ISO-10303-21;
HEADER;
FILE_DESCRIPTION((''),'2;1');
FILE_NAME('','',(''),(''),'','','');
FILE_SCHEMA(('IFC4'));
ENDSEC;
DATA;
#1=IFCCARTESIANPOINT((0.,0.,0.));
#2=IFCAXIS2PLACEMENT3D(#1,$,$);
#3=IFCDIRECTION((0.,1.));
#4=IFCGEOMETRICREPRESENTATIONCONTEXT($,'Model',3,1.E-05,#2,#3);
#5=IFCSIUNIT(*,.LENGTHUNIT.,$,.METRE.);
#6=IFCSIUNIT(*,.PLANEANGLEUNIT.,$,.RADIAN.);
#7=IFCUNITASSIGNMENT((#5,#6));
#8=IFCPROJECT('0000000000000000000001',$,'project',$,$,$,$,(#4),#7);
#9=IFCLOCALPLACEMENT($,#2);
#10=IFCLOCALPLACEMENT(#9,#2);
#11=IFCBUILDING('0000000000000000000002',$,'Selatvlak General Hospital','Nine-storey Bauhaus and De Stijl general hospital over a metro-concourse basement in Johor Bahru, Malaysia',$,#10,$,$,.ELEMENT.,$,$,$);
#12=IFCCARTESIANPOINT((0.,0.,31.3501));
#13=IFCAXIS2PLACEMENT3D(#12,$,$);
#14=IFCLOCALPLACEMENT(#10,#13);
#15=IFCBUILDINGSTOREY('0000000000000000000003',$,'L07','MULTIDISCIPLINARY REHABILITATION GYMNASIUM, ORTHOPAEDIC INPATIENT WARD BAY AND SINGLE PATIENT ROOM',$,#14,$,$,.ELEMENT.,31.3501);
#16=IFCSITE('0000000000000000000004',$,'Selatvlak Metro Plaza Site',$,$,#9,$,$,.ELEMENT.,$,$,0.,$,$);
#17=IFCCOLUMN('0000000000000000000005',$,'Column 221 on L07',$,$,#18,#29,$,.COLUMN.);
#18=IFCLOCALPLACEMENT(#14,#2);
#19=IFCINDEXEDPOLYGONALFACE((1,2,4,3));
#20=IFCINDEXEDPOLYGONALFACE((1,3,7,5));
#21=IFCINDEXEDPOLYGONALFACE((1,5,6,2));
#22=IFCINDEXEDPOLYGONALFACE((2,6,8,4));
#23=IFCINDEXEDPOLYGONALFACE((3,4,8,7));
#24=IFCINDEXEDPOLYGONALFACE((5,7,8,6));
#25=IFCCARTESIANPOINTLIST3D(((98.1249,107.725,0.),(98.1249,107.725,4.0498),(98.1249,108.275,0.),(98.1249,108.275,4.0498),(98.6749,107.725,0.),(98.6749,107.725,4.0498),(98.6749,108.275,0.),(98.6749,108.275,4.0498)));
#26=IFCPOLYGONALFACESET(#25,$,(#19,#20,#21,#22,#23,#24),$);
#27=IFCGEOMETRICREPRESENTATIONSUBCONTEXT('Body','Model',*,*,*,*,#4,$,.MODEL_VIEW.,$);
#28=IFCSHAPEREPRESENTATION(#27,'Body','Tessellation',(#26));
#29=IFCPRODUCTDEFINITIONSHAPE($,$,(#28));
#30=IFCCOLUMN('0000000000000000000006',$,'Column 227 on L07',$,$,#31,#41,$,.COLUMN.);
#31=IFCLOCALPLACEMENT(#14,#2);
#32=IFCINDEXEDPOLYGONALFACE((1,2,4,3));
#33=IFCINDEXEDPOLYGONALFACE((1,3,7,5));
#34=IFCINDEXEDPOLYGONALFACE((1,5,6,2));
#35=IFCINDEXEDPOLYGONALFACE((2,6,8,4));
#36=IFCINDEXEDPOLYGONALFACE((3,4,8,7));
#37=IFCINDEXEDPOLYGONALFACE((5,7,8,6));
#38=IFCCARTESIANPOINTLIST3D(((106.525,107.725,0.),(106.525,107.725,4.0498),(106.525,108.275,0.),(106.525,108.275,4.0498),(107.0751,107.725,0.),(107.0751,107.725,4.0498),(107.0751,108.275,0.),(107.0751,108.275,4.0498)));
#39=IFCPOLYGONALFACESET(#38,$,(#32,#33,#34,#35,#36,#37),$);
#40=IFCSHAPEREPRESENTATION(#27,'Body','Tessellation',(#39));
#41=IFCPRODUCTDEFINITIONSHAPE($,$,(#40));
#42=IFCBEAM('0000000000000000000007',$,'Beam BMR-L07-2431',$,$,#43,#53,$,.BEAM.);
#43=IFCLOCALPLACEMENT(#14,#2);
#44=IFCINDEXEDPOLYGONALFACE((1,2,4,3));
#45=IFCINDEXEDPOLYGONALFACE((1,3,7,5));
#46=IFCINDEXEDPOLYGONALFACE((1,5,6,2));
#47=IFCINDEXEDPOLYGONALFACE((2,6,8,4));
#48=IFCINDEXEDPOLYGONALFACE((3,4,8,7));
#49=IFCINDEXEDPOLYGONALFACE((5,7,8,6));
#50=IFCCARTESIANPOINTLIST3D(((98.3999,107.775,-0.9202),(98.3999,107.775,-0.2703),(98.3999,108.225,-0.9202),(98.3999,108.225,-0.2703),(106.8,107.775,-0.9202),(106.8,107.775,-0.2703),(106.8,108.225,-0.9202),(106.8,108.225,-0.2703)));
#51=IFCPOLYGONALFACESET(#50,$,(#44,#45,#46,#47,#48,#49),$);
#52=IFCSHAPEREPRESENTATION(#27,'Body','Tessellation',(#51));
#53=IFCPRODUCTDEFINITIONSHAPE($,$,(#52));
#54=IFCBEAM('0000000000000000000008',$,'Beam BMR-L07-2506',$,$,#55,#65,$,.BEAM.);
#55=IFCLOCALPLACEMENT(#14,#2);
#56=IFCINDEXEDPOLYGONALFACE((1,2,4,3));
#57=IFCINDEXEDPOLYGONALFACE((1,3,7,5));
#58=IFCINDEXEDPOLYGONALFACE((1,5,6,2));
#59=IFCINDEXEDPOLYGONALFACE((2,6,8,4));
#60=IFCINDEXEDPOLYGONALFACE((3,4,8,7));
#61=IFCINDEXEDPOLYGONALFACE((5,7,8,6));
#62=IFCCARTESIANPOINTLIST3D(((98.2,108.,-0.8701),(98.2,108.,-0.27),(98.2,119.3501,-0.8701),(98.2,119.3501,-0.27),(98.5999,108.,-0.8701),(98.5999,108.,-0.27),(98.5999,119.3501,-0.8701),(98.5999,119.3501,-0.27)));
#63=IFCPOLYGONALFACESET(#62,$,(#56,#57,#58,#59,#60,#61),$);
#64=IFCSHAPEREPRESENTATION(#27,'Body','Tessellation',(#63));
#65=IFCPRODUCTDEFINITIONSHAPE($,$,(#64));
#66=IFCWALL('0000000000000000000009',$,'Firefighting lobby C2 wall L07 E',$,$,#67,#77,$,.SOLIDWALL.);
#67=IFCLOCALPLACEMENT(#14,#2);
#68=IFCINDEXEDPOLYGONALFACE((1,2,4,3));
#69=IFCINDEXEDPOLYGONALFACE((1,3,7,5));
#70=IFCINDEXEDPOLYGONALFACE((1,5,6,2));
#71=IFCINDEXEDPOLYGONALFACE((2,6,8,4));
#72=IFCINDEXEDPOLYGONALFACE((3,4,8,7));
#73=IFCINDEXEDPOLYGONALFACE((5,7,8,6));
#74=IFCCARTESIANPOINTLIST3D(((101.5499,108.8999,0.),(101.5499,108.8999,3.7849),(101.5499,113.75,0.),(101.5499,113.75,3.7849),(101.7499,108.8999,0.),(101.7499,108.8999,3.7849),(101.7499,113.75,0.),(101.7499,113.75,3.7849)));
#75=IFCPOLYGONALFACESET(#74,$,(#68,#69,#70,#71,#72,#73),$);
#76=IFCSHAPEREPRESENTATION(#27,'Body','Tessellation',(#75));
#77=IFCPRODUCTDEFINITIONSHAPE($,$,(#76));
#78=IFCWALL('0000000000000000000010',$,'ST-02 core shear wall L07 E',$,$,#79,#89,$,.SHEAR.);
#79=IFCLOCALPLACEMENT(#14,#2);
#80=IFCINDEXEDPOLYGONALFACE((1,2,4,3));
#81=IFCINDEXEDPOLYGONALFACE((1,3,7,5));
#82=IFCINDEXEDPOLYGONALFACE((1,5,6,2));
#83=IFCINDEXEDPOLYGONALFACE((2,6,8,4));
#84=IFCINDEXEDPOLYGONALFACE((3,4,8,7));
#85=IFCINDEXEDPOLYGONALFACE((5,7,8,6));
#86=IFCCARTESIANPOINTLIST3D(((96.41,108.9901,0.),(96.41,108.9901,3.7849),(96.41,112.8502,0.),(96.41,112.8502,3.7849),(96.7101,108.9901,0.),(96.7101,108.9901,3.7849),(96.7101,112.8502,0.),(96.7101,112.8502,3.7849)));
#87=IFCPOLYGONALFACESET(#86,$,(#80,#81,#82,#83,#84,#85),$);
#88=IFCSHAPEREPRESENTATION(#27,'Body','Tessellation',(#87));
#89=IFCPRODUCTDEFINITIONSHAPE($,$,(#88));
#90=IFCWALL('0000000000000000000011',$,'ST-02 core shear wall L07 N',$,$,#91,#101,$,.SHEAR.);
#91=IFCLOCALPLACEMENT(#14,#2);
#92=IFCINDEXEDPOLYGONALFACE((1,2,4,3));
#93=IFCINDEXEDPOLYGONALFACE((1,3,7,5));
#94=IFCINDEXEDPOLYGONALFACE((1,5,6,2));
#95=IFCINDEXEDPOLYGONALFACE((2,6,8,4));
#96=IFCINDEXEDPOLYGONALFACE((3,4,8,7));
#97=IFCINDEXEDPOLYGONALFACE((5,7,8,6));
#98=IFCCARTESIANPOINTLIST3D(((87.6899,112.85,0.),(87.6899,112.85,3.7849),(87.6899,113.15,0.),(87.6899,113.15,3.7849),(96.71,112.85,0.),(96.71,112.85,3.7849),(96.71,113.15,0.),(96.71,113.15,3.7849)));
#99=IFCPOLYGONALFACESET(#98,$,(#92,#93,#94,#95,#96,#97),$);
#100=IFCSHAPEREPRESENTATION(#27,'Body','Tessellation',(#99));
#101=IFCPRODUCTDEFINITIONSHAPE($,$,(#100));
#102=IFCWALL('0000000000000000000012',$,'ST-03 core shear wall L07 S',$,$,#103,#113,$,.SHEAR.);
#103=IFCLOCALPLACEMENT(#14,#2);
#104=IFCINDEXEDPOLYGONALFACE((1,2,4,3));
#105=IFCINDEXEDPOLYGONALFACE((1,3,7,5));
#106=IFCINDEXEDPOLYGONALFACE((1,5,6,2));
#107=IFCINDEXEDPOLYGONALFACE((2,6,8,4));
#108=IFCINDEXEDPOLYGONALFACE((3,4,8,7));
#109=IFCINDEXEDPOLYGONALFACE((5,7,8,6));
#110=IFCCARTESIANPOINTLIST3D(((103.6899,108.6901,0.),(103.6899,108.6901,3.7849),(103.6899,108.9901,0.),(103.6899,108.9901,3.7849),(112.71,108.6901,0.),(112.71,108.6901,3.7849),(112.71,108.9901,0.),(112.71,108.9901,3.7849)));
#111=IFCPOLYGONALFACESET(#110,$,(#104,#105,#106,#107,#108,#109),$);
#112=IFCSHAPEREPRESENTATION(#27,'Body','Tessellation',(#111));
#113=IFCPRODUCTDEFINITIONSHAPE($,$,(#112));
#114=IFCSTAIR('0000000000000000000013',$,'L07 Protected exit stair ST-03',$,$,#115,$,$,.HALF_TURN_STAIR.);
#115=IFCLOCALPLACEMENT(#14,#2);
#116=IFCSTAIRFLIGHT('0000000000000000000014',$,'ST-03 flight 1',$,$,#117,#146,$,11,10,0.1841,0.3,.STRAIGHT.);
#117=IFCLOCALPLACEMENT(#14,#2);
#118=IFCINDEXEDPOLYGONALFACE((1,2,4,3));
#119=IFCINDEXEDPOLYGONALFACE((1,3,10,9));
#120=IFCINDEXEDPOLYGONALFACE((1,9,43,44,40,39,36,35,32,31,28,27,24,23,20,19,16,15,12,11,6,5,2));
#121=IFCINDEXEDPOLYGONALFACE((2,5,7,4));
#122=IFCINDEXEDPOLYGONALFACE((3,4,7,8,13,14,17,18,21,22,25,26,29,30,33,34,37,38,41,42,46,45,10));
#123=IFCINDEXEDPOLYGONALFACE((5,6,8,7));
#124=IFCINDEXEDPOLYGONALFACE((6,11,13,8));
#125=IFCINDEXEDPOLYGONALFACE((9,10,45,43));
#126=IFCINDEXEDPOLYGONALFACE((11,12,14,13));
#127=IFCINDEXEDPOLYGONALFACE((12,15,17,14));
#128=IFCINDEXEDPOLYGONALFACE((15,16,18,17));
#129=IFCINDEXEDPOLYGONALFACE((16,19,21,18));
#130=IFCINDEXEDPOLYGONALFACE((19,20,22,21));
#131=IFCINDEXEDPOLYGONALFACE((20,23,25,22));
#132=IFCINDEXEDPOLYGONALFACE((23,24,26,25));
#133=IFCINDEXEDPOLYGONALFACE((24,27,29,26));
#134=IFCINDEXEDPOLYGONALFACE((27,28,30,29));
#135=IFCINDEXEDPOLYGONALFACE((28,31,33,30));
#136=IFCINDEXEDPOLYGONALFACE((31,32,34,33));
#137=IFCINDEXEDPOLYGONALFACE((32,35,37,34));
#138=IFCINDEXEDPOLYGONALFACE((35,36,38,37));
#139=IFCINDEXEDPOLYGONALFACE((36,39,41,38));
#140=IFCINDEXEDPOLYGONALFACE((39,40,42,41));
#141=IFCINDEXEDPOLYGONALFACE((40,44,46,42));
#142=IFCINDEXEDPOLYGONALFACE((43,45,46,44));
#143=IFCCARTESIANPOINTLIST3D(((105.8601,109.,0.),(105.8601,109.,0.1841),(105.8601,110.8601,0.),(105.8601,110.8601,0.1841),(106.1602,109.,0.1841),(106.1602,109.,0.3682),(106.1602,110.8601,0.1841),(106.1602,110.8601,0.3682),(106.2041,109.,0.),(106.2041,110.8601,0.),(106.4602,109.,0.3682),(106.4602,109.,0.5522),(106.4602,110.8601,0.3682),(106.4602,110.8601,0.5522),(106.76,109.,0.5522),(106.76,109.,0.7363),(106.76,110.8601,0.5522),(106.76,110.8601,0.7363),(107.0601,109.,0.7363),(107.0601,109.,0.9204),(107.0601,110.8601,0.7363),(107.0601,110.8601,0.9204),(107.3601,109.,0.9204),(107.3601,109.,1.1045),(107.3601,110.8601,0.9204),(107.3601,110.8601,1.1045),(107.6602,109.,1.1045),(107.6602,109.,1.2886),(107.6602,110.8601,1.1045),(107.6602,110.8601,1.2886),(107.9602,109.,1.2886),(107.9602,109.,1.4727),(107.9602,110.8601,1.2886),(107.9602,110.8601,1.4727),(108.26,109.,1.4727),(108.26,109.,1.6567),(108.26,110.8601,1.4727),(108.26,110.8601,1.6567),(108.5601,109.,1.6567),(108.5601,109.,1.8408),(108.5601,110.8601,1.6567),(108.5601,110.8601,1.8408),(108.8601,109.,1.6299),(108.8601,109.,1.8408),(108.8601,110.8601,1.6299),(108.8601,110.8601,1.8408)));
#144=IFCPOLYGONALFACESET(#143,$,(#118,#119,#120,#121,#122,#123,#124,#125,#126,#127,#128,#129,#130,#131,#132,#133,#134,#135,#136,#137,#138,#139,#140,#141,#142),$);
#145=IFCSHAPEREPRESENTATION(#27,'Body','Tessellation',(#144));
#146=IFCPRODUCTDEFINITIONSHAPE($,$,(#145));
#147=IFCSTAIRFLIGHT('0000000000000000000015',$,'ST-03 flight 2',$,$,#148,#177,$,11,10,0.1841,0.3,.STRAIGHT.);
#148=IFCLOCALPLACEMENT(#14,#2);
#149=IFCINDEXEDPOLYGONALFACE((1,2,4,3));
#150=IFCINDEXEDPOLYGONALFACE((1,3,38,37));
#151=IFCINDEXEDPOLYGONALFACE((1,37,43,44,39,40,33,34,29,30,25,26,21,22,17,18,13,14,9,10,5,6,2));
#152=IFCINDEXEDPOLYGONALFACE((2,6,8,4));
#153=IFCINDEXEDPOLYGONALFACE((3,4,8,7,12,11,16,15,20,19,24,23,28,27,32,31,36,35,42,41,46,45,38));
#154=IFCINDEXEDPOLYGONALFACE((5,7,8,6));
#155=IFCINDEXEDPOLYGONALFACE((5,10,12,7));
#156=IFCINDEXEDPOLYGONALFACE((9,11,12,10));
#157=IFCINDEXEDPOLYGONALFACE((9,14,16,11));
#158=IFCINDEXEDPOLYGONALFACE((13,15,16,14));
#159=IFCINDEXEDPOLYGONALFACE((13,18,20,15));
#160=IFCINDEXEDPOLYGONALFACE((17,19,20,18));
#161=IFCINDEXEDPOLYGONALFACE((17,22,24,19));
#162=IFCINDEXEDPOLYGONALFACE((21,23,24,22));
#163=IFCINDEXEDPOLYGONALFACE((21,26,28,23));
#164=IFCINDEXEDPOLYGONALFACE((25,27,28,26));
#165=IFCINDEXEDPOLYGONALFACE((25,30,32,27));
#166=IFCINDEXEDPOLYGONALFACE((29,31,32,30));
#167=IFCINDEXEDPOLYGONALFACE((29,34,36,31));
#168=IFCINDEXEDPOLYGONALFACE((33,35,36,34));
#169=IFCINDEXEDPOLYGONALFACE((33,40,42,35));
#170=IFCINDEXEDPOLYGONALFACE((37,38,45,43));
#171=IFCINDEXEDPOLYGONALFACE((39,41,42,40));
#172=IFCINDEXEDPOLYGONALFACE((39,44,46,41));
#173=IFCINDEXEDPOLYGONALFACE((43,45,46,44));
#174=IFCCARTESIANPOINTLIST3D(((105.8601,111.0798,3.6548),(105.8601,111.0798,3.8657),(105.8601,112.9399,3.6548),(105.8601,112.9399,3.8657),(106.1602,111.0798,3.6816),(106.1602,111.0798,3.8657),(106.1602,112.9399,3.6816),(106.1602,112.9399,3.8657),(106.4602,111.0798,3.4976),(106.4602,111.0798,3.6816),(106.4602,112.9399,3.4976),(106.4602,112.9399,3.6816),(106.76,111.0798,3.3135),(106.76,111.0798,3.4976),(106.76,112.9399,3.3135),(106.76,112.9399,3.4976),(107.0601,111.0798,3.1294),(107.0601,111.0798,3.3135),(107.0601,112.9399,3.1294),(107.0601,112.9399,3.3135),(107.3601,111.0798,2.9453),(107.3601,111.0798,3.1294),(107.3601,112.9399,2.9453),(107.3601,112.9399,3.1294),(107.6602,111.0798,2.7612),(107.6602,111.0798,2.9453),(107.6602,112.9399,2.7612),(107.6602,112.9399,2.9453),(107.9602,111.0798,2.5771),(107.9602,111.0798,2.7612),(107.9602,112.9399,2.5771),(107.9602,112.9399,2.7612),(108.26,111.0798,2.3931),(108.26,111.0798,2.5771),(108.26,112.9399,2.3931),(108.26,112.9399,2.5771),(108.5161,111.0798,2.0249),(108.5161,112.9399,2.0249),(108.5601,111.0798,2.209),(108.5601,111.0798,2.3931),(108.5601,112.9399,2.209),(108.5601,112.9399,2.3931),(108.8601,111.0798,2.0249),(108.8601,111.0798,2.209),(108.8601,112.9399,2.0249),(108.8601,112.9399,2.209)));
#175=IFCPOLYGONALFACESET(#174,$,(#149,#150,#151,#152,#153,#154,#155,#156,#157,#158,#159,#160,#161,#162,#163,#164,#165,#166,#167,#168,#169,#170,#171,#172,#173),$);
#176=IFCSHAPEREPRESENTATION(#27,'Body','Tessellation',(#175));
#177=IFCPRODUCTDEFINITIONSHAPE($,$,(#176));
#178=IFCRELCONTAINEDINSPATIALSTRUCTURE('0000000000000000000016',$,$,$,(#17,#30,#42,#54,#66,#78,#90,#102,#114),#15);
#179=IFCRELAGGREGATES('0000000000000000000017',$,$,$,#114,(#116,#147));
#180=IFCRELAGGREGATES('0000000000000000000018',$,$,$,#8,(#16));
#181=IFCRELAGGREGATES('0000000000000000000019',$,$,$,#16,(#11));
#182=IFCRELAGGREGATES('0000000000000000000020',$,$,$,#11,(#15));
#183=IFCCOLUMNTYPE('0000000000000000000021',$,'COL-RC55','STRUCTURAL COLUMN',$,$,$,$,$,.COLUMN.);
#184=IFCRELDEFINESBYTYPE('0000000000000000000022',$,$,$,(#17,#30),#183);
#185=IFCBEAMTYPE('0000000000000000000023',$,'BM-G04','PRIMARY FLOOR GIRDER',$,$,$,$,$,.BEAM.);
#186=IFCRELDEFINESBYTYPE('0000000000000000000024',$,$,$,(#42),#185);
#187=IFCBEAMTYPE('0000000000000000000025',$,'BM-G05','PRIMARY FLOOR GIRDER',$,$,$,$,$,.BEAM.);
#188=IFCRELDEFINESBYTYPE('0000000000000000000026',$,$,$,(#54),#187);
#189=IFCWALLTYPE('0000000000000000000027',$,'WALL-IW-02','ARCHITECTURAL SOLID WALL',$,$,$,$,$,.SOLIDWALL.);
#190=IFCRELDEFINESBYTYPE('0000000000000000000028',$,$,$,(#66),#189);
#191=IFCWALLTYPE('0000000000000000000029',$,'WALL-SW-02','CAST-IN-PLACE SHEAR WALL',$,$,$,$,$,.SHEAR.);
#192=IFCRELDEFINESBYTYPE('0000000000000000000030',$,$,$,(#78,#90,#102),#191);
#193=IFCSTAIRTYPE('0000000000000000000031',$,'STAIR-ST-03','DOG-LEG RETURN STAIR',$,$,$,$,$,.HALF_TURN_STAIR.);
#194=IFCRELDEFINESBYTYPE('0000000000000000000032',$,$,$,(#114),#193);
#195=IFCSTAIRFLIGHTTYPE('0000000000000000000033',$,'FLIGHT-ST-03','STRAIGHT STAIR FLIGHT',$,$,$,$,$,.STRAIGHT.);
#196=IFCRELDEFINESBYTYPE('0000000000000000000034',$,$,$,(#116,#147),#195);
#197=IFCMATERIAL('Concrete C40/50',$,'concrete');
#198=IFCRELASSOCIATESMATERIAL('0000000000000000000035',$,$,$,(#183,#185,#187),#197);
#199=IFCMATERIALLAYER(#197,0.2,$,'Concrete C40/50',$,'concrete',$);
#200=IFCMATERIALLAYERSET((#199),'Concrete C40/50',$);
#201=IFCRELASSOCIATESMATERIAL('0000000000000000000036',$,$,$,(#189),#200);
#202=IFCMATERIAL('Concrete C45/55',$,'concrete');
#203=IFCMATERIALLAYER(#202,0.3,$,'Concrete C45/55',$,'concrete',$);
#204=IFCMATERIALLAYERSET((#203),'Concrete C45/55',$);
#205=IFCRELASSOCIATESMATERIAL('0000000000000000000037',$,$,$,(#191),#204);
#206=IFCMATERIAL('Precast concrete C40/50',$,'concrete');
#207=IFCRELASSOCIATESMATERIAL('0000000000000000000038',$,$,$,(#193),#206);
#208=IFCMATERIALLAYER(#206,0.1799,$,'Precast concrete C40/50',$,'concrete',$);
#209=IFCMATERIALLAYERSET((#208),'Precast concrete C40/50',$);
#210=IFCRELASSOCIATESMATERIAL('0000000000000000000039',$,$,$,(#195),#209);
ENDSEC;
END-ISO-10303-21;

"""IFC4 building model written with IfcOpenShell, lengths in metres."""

from ifc_helpers import new_model, si_unit, direction, frame, frame_2d, origin, origin_2d, place, context, subcontext, project, spatial, polyline, rectangle, outline, extrude, material, layer, layer_set, material_profile, profile_set, type_object, element, aggregate, save


model = new_model("IFC4")

# Units and contexts
model_context = context("Model", 3, precision=1e-05, world=origin(), true_north=direction((0.0, 1.0)))
body_context = subcontext(model_context, "Body", "Model", "MODEL_VIEW")
ifc_project = project(units=[si_unit("LENGTHUNIT", "METRE"), si_unit("PLANEANGLEUNIT", "RADIAN")], contexts=[model_context])

# Site, building, storey
site_placement = place(None, origin())
site = spatial("IfcSite", under=ifc_project, at=site_placement, Name="Selatvlak Metro Plaza Site", CompositionType="ELEMENT", RefElevation=0.0)
building_placement = place(site_placement, origin())
building = spatial("IfcBuilding", under=site, at=building_placement, Name="Selatvlak General Hospital", Description="Nine-storey Bauhaus and De Stijl general hospital over a metro-concourse basement in Johor Bahru, Malaysia", CompositionType="ELEMENT")
storey_placement = place(building_placement, frame((0.0, 0.0, 31.3501)))
storey = spatial("IfcBuildingStorey", under=building, at=storey_placement, Name="L07", Description="MULTIDISCIPLINARY REHABILITATION GYMNASIUM, ORTHOPAEDIC INPATIENT WARD BAY AND SINGLE PATIENT ROOM", CompositionType="ELEMENT", Elevation=31.3501)

# Columns
ifc_material_1 = material(Name="Concrete C40/50", Category="concrete")
ifc_material_profile_1 = material_profile(ifc_material_1, rectangle(XDim=0.55, YDim=0.55, at=origin_2d()), Name="RC-COL 550x550")
ifc_profile_set_1 = profile_set([ifc_material_profile_1], Name="Concrete C40/50")
column_type = type_object("IfcColumnType", Name="COL-RC55", Description="STRUCTURAL COLUMN", PredefinedType="COLUMN", material=ifc_profile_set_1)
for number, where, z_axis, x_axis, name in (
    (1, (98.3999, 108.0, 0.0), (0.0, 0.0, 1.0), (1.0, 0.0, 0.0), "Column 221 on L07"),
    (2, (106.8, 108.0, 0.0), (0.0, 0.0, 1.0), (1.0, 0.0, 0.0), "Column 227 on L07"),
):
    element("IfcColumn", number, at=place(storey_placement, frame(where, z_axis=z_axis, x_axis=x_axis)), inside=storey, type_object=column_type, Name=name, PredefinedType="COLUMN", context=body_context, shape_type="SweptSolid", body=[
        extrude(rectangle(XDim=0.55, YDim=0.55, at=origin_2d()), origin(), (0.0, 0.0, 1.0), 4.0498),
    ])

# Beams
ifc_material_profile_2 = material_profile(ifc_material_1, rectangle(XDim=0.45, YDim=0.6499, at=origin_2d()), Name="RC-BM 450x650")
ifc_profile_set_2 = profile_set([ifc_material_profile_2], Name="Concrete C40/50")
beam_type_1 = type_object("IfcBeamType", Name="BM-G04", Description="PRIMARY FLOOR GIRDER", PredefinedType="BEAM", material=ifc_profile_set_2)
beam_1_placement = place(storey_placement, frame((98.3999, 108.0, -0.5952), z_axis=(1.0, 0.0, 0.0), x_axis=(0.0, 1.0, 0.0)))
element("IfcBeam", 3, at=beam_1_placement, inside=storey, type_object=beam_type_1, Name="Beam BMR-L07-2431", PredefinedType="BEAM", context=body_context, shape_type="SweptSolid", body=[
    extrude(rectangle(XDim=0.45, YDim=0.6499, at=origin_2d()), origin(), (0.0, 0.0, 1.0), 8.4001),
])
ifc_material_profile_3 = material_profile(ifc_material_1, rectangle(XDim=0.3999, YDim=0.6001, at=origin_2d()), Name="RC-BM 400x600")
ifc_profile_set_3 = profile_set([ifc_material_profile_3], Name="Concrete C40/50")
beam_type_2 = type_object("IfcBeamType", Name="BM-G05", Description="PRIMARY FLOOR GIRDER", PredefinedType="BEAM", material=ifc_profile_set_3)
beam_2_placement = place(storey_placement, frame((98.3999, 108.0, -0.5701), z_axis=(0.0, 1.0, 0.0), x_axis=(-1.0, 0.0, 0.0)))
element("IfcBeam", 4, at=beam_2_placement, inside=storey, type_object=beam_type_2, Name="Beam BMR-L07-2506", PredefinedType="BEAM", context=body_context, shape_type="SweptSolid", body=[
    extrude(rectangle(XDim=0.3999, YDim=0.6001, at=origin_2d()), origin(), (0.0, 0.0, 1.0), 11.3501),
])

# Shared definitions
ifc_layer_1 = layer(ifc_material_1, 0.2, Name="Concrete C40/50", Category="concrete")
ifc_layer_set_1 = layer_set([ifc_layer_1], Name="Concrete C40/50")
wall_type_1 = type_object("IfcWallType", Name="WALL-IW-02", Description="ARCHITECTURAL SOLID WALL", PredefinedType="SOLIDWALL", material=ifc_layer_set_1)

# Wall
wall_1_placement = place(storey_placement, frame((101.6499, 108.8999, 0.0), z_axis=(0.0, 0.0, 1.0), x_axis=(0.0, 1.0, 0.0)))
element("IfcWall", 5, at=wall_1_placement, inside=storey, type_object=wall_type_1, Name="Firefighting lobby C2 wall L07 E", PredefinedType="SOLIDWALL", context=body_context, shape_type="SweptSolid", body=[
    extrude(rectangle(XDim=4.8501, YDim=0.2, at=frame_2d((2.425, 0.0))), origin(), (0.0, 0.0, 1.0), 3.7849),
])

# Walls
ifc_material_2 = material(Name="Concrete C45/55", Category="concrete")
ifc_layer_2 = layer(ifc_material_2, 0.3, Name="Concrete C45/55", Category="concrete")
ifc_layer_set_2 = layer_set([ifc_layer_2], Name="Concrete C45/55")
wall_type_2 = type_object("IfcWallType", Name="WALL-SW-02", Description="CAST-IN-PLACE SHEAR WALL", PredefinedType="SHEAR", material=ifc_layer_set_2)
wall_2_placement = place(storey_placement, frame((96.5601, 108.99, 0.0), z_axis=(0.0, 0.0, 1.0), x_axis=(0.0, 1.0, 0.0)))
element("IfcWall", 6, at=wall_2_placement, inside=storey, type_object=wall_type_2, Name="ST-02 core shear wall L07 E", PredefinedType="SHEAR", context=body_context, shape_type="SweptSolid", body=[
    extrude(rectangle(XDim=3.8601, YDim=0.3, at=frame_2d((1.9302, 0.0))), origin(), (0.0, 0.0, 1.0), 3.7849),
])
for number, where, z_axis, x_axis, name in (
    (7, (96.71, 113.0, 0.0), (0.0, 0.0, 1.0), (-1.0, 0.0, 0.0), "ST-02 core shear wall L07 N"),
    (8, (103.6899, 108.8401, 0.0), (0.0, 0.0, 1.0), (1.0, 0.0, 0.0), "ST-03 core shear wall L07 S"),
):
    element("IfcWall", number, at=place(storey_placement, frame(where, z_axis=z_axis, x_axis=x_axis)), inside=storey, type_object=wall_type_2, Name=name, PredefinedType="SHEAR", context=body_context, shape_type="SweptSolid", body=[
        extrude(rectangle(XDim=9.02, YDim=0.3, at=frame_2d((4.51, 0.0))), origin(), (0.0, 0.0, 1.0), 3.7849),
    ])

# Stair, stair flights
ifc_material_3 = material(Name="Precast concrete C40/50", Category="concrete")
stair_type = type_object("IfcStairType", Name="STAIR-ST-03", Description="DOG-LEG RETURN STAIR", PredefinedType="HALF_TURN_STAIR", material=ifc_material_3)
stair_placement = place(storey_placement, origin())
stair = element("IfcStair", 9, at=stair_placement, inside=storey, type_object=stair_type, Name="L07 Protected exit stair ST-03", PredefinedType="HALF_TURN_STAIR")
ifc_layer_3 = layer(ifc_material_3, 0.1799, Name="Precast concrete C40/50", Category="concrete")
ifc_layer_set_3 = layer_set([ifc_layer_3], Name="Precast concrete C40/50")
stair_flight_type = type_object("IfcStairFlightType", Name="FLIGHT-ST-03", Description="STRAIGHT STAIR FLIGHT", PredefinedType="STRAIGHT", material=ifc_layer_set_3)
stair_flight_1_placement = place(storey_placement, frame((105.8601, 109.9299, 0.0), z_axis=(0.0, 0.0, 1.0), x_axis=(1.0, 0.0, 0.0)))
stair_flight_1 = element("IfcStairFlight", 10, at=stair_flight_1_placement, type_object=stair_flight_type, Name="ST-03 flight 1", NumberOfRisers=11, NumberOfTreads=10, PredefinedType="STRAIGHT", RiserHeight=0.1841, TreadLength=0.3, context=body_context, shape_type="SweptSolid", body=[
    extrude(outline(polyline([(0.0, 0.0), (0.0, 0.1841), (0.3, 0.1841), (0.3, 0.3682), (0.6001, 0.3682), (0.6001, 0.5522), (0.8999, 0.5522), (0.8999, 0.7363), (1.2, 0.7363), (1.2, 0.9204), (1.5, 0.9204), (1.5, 1.1045), (1.8, 1.1045), (1.8, 1.2886), (2.1001, 1.2886), (2.1001, 1.4727), (2.3999, 1.4727), (2.3999, 1.6567), (2.7, 1.6567), (2.7, 1.8408), (3.0, 1.8408), (3.0, 2.0249), (3.0, 1.6299), (0.344, 0.0), (0.0, 0.0)])), frame((0.0, 0.9302, 0.0), z_axis=(0.0, -1.0, 0.0), x_axis=(1.0, 0.0, 0.0)), (0.0, 0.0, 1.0), 1.8601),
])
stair_flight_2_placement = place(storey_placement, frame((108.8601, 112.01, 2.0249), z_axis=(0.0, 0.0, 1.0), x_axis=(-1.0, 0.0, 0.0)))
stair_flight_2 = element("IfcStairFlight", 11, at=stair_flight_2_placement, type_object=stair_flight_type, Name="ST-03 flight 2", NumberOfRisers=11, NumberOfTreads=10, PredefinedType="STRAIGHT", RiserHeight=0.1841, TreadLength=0.3, context=body_context, shape_type="SweptSolid", body=[
    extrude(outline(polyline([(0.0, 0.0), (0.0, 0.1841), (0.3, 0.1841), (0.3, 0.3682), (0.6001, 0.3682), (0.6001, 0.5522), (0.8999, 0.5522), (0.8999, 0.7363), (1.2, 0.7363), (1.2, 0.9204), (1.5, 0.9204), (1.5, 1.1045), (1.8, 1.1045), (1.8, 1.2886), (2.1001, 1.2886), (2.1001, 1.4727), (2.3999, 1.4727), (2.3999, 1.6567), (2.7, 1.6567), (2.7, 1.8408), (3.0, 1.8408), (3.0, 2.0249), (3.0, 1.6299), (0.344, 0.0), (0.0, 0.0)])), frame((0.0, 0.9302, 0.0), z_axis=(0.0, -1.0, 0.0), x_axis=(1.0, 0.0, 0.0)), (0.0, 0.0, 1.0), 1.8601),
])
aggregate(stair, [stair_flight_1, stair_flight_2])

save(model, "model.ifc")
